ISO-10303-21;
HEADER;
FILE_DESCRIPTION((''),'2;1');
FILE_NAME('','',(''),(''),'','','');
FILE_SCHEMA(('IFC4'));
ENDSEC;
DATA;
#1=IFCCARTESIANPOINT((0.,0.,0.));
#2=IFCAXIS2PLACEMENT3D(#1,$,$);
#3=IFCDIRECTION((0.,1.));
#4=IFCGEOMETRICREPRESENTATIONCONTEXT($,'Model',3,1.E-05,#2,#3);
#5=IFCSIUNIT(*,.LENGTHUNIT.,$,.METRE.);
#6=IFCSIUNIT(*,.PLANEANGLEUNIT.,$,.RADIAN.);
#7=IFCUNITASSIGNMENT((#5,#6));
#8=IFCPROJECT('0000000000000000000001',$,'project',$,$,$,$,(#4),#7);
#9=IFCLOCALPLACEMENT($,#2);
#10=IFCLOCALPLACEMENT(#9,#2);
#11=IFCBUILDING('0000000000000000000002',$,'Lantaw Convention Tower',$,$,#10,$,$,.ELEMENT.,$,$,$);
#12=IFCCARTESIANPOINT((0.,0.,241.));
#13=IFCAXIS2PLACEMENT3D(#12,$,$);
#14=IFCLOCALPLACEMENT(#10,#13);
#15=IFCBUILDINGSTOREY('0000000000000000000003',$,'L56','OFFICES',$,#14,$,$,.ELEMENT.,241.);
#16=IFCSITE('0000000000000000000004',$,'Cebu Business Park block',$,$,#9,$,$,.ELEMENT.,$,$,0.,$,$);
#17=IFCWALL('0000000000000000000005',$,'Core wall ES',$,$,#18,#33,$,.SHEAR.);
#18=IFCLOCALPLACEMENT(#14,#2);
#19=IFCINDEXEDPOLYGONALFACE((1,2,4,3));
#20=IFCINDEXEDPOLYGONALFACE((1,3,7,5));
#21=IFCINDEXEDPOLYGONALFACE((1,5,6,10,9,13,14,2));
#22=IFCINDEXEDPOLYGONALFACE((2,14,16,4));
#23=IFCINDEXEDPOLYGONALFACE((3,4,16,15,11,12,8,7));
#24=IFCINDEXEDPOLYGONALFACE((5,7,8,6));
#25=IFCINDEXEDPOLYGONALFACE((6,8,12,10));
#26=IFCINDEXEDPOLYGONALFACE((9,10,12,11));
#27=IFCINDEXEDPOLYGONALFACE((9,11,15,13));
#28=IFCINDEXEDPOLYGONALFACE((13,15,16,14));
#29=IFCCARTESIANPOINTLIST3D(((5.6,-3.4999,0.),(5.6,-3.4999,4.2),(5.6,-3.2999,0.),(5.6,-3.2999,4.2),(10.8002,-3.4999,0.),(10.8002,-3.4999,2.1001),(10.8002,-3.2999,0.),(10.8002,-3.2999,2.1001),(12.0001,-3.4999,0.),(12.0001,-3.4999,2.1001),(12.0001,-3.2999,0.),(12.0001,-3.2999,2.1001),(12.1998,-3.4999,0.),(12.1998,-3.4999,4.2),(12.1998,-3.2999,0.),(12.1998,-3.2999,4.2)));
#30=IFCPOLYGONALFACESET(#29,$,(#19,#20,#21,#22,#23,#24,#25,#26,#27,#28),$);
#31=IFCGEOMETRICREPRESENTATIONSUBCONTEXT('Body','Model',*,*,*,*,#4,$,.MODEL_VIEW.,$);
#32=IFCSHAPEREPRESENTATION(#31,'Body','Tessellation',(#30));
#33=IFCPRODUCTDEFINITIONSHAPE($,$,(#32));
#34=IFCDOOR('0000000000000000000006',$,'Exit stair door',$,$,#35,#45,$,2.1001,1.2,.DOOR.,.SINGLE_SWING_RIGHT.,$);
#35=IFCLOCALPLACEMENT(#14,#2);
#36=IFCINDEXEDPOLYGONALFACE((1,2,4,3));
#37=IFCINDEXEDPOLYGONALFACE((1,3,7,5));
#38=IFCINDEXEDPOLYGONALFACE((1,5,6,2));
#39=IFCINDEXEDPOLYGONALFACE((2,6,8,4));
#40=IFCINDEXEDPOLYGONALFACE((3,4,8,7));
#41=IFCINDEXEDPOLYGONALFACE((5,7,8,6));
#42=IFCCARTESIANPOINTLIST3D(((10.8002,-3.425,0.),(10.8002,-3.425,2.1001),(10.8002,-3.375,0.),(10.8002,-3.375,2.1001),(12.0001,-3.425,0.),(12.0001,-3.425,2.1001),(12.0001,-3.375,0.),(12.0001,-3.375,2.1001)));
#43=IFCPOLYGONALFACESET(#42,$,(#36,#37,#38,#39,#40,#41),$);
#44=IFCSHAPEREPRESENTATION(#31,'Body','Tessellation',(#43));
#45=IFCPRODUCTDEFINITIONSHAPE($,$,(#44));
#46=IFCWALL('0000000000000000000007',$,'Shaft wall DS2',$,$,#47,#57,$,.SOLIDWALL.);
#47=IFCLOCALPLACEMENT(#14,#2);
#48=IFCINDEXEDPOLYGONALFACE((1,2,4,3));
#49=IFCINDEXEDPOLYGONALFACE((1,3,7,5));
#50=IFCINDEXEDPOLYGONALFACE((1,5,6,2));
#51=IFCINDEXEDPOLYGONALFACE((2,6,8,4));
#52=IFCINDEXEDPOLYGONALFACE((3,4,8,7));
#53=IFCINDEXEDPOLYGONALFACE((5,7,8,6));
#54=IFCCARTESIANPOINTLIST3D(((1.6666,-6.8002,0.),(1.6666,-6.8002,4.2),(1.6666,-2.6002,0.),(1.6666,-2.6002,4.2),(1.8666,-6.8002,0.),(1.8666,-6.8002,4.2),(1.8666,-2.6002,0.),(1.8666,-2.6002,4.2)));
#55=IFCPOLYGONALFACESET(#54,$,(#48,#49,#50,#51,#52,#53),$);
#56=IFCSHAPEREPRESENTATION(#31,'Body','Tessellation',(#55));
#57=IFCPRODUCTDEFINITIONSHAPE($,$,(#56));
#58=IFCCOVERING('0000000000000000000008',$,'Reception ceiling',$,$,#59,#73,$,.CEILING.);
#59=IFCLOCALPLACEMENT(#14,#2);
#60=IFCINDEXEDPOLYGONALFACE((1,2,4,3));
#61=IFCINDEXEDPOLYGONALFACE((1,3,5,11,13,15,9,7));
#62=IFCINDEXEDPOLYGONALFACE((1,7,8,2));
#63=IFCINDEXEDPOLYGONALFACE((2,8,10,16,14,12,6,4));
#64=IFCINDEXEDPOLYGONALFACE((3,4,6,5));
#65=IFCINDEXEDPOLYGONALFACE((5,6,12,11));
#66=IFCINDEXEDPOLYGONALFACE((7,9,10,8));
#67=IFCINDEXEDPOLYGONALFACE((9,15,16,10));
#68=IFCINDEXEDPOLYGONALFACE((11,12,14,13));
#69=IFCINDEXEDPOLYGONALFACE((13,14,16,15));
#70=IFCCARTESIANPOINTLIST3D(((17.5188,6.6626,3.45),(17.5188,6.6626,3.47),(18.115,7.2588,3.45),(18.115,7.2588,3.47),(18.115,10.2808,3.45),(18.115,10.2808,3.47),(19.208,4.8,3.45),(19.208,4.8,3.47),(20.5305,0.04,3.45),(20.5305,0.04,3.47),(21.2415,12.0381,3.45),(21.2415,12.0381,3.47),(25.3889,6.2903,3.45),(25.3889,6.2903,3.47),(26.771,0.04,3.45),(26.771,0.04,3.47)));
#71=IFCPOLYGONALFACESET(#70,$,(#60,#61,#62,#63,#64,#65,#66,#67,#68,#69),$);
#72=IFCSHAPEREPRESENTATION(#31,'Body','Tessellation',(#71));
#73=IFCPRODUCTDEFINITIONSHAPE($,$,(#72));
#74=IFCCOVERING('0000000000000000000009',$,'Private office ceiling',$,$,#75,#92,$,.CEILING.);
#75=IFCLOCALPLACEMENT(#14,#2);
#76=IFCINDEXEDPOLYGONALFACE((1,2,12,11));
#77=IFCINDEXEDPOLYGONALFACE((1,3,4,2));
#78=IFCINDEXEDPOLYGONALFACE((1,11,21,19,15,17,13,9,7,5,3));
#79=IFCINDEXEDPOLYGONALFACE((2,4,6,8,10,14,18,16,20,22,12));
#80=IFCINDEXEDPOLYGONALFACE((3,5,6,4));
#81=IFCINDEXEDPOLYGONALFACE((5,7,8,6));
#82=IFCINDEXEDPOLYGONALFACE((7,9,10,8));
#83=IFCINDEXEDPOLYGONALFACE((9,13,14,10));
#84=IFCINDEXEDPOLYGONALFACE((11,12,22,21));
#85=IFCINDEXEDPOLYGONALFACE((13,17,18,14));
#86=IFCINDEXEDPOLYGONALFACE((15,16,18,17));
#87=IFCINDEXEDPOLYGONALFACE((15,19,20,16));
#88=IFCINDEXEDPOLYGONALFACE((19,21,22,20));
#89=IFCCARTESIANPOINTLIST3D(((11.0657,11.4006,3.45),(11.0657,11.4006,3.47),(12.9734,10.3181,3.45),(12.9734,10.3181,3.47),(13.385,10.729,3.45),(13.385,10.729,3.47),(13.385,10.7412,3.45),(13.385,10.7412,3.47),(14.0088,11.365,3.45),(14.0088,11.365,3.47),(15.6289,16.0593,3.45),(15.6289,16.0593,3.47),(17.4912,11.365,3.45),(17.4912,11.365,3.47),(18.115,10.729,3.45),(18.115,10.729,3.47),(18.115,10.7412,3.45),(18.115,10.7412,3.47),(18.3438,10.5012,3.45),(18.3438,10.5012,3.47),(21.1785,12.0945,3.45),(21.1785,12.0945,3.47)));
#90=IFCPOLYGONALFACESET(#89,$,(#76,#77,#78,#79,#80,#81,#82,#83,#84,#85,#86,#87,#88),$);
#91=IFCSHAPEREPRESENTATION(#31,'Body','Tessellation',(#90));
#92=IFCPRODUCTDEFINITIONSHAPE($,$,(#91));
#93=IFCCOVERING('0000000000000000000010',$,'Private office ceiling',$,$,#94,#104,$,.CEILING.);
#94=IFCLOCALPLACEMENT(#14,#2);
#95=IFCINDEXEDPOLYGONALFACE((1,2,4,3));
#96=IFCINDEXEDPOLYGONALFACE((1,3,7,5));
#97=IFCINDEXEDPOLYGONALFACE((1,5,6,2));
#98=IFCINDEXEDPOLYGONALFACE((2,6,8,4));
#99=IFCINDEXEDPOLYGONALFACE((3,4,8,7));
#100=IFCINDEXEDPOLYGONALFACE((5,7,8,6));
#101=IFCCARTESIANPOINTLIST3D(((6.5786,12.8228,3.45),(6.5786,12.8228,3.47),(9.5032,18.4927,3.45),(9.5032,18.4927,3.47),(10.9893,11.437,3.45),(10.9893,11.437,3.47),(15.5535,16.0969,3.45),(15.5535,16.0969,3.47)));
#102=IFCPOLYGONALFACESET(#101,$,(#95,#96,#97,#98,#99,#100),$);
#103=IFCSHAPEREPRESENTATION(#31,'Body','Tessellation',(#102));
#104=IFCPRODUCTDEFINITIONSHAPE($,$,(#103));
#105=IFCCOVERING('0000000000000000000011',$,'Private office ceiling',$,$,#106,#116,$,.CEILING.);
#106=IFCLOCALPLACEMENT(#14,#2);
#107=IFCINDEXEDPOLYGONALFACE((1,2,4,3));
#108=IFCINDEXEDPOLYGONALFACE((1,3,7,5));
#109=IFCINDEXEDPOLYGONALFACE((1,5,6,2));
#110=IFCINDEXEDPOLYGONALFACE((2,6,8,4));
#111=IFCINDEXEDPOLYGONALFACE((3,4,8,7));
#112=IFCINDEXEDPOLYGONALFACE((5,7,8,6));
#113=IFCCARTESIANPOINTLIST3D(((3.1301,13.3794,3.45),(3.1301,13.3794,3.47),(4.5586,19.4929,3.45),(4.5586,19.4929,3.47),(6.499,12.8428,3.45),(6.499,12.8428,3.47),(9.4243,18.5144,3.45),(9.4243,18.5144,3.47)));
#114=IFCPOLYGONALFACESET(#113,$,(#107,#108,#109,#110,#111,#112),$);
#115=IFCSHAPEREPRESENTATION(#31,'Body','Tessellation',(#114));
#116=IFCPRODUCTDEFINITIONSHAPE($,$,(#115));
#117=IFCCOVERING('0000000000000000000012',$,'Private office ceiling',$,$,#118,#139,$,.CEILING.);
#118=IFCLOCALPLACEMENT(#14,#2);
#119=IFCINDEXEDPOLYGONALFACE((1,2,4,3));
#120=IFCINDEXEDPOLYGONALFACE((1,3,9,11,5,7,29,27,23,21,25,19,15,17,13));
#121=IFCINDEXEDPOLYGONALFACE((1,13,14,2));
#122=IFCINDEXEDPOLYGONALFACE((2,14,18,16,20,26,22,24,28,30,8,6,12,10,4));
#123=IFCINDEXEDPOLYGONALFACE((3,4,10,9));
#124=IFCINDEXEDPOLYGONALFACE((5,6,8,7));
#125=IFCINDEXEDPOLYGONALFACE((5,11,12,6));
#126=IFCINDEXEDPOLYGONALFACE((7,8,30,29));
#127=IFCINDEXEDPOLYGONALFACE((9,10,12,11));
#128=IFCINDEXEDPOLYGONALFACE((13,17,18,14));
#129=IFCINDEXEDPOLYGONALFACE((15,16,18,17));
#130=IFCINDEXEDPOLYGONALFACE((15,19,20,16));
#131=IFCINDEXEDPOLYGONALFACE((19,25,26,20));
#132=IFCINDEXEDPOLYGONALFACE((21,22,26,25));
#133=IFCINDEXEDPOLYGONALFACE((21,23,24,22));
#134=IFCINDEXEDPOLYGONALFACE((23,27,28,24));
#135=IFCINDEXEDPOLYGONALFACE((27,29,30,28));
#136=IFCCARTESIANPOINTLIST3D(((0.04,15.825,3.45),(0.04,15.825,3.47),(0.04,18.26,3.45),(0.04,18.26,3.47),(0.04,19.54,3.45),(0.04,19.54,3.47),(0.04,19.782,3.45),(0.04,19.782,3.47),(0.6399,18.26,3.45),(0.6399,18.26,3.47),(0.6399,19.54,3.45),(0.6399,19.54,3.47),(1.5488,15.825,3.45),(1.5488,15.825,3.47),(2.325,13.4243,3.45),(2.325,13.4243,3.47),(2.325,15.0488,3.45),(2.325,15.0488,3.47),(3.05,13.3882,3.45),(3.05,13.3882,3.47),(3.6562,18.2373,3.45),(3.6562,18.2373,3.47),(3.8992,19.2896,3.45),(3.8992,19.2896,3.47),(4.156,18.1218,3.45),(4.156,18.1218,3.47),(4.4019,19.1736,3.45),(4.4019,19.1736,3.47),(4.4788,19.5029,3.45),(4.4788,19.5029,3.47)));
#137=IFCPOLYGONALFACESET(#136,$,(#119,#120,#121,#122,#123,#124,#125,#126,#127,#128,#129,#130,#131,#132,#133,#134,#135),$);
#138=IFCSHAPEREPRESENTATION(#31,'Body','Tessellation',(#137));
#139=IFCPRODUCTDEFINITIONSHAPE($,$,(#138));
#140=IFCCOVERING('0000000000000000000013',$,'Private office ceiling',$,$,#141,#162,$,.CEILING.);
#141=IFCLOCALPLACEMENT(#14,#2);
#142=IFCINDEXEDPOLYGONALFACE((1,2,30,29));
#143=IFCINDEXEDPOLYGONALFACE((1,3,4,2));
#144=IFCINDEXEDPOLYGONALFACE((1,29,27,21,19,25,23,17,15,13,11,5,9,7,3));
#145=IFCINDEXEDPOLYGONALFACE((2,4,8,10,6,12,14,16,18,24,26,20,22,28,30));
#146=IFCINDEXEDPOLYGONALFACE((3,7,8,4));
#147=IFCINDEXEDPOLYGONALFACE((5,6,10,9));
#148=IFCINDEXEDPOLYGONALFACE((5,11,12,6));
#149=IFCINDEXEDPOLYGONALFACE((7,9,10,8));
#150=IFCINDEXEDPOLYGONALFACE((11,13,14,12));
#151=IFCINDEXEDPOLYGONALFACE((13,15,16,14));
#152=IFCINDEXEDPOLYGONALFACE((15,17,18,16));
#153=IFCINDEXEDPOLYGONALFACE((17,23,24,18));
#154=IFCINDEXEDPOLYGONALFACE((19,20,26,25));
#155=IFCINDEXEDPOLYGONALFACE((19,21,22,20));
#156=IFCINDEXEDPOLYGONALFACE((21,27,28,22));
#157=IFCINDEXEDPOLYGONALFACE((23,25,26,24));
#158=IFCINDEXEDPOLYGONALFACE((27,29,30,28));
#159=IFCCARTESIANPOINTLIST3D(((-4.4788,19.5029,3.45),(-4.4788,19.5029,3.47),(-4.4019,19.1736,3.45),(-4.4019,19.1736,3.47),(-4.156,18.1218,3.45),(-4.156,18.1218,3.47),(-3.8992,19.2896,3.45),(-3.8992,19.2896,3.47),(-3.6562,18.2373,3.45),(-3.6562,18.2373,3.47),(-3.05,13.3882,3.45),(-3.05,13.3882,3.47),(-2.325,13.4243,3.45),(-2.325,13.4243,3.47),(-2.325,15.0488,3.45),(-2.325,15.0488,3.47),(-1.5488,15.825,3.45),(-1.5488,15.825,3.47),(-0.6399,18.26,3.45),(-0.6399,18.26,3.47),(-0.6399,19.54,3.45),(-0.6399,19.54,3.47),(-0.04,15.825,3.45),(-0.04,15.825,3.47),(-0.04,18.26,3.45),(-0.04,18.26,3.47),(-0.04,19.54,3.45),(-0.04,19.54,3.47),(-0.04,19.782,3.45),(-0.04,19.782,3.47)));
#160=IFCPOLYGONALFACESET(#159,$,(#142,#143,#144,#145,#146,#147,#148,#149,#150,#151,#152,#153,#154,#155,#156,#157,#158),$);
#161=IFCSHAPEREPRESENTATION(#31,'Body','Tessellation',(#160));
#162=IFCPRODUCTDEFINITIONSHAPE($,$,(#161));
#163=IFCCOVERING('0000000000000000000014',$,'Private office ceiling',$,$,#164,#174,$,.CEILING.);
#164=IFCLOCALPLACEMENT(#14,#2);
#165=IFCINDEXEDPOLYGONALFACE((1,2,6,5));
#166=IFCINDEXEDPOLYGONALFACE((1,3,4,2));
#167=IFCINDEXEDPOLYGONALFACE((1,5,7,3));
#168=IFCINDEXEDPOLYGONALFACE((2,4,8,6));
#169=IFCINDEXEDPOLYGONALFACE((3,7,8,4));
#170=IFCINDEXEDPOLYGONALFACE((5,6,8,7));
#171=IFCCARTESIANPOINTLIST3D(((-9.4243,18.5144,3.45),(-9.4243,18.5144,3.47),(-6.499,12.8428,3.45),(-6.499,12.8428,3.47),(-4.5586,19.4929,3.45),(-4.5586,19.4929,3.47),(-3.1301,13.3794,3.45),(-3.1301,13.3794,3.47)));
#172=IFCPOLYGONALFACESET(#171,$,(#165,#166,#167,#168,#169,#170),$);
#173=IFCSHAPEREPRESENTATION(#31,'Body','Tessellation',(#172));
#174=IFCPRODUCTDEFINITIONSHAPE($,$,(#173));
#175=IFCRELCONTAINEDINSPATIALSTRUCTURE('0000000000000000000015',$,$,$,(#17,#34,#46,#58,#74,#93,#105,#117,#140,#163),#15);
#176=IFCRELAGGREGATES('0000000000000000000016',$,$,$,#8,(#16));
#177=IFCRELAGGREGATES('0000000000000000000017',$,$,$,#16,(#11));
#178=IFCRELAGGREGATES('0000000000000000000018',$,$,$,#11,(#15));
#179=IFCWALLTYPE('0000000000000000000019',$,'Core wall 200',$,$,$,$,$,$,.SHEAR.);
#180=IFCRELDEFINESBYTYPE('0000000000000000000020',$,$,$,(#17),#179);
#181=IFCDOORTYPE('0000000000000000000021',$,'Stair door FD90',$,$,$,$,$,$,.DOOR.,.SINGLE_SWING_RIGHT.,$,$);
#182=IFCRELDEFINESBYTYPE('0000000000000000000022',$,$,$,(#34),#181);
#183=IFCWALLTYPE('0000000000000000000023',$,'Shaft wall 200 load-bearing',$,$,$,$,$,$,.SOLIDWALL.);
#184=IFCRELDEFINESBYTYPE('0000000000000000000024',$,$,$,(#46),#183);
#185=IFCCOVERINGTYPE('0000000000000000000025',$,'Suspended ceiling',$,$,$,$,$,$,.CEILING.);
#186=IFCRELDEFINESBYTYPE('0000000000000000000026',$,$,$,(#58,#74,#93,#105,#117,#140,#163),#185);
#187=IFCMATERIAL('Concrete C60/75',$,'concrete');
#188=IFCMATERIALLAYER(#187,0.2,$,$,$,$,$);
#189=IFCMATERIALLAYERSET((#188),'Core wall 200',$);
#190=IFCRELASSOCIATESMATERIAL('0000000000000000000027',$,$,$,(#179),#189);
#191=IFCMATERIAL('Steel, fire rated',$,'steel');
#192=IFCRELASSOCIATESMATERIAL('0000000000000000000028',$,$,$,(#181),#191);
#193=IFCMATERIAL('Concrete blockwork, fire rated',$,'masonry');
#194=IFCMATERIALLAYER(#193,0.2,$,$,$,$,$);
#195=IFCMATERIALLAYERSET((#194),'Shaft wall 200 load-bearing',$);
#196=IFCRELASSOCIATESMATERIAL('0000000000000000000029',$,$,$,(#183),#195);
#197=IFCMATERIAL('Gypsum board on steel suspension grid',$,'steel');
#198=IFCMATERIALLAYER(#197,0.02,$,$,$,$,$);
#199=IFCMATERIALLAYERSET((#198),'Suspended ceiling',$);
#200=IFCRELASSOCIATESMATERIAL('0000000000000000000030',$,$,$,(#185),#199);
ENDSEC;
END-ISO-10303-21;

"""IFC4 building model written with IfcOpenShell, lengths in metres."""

from ifc_helpers import new_model, si_unit, direction, frame, frame_2d, origin, place, context, subcontext, project, spatial, polyline, rectangle, outline, extrude, material, layer, layer_set, type_object, element, fill, save


model = new_model("IFC4")

# Units and contexts
model_context = context("Model", 3, precision=1e-05, world=origin(), true_north=direction((0.0, 1.0)))
body_context = subcontext(model_context, "Body", "Model", "MODEL_VIEW")
ifc_project = project(units=[si_unit("LENGTHUNIT", "METRE"), si_unit("PLANEANGLEUNIT", "RADIAN")], contexts=[model_context])

# Site, building, storey
site_placement = place(None, origin())
site = spatial("IfcSite", under=ifc_project, at=site_placement, Name="Cebu Business Park block", CompositionType="ELEMENT", RefElevation=0.0)
building_placement = place(site_placement, origin())
building = spatial("IfcBuilding", under=site, at=building_placement, Name="Lantaw Convention Tower", CompositionType="ELEMENT")
storey_placement = place(building_placement, frame((0.0, 0.0, 241.0)))
storey = spatial("IfcBuildingStorey", under=building, at=storey_placement, Name="L56", Description="OFFICES", CompositionType="ELEMENT", Elevation=241.0)

# Wall, opening, door
ifc_material_1 = material(Name="Concrete C60/75", Category="concrete")
ifc_layer_1 = layer(ifc_material_1, 0.2)
ifc_layer_set_1 = layer_set([ifc_layer_1], Name="Core wall 200")
wall_type_1 = type_object("IfcWallType", Name="Core wall 200", PredefinedType="SHEAR", material=ifc_layer_set_1)
wall_1_placement = place(storey_placement, frame((5.6001, -3.3999, 0.0), z_axis=(0.0, 0.0, 1.0), x_axis=(1.0, 0.0, 0.0)))
wall_1 = element("IfcWall", 1, at=wall_1_placement, inside=storey, type_object=wall_type_1, Name="Core wall ES", PredefinedType="SHEAR", context=body_context, shape_type="SweptSolid", body=[
    extrude(rectangle(XDim=6.5999, YDim=0.2, at=frame_2d((3.2998, 0.0))), origin(), (0.0, 0.0, 1.0), 4.2),
])
opening_placement = place(wall_1_placement, frame((5.2, 0.0, 0.0)))
opening = element("IfcOpeningElement", 2, at=opening_placement, cuts=wall_1, PredefinedType="OPENING", context=body_context, shape_type="SweptSolid", body=[
    extrude(rectangle(XDim=1.2, YDim=2.1001, at=frame_2d((0.6001, 1.05))), frame((0.0, 0.1099, 0.0), z_axis=(0.0, -1.0, 0.0), x_axis=(1.0, 0.0, 0.0)), (0.0, 0.0, 1.0), 0.22),
])
ifc_material_2 = material(Name="Steel, fire rated", Category="steel")
door_type = type_object("IfcDoorType", Name="Stair door FD90", OperationType="SINGLE_SWING_RIGHT", PredefinedType="DOOR", material=ifc_material_2)
door_placement = place(opening_placement, origin())
door = element("IfcDoor", 3, at=door_placement, inside=storey, type_object=door_type, Name="Exit stair door", OperationType="SINGLE_SWING_RIGHT", OverallHeight=2.1001, OverallWidth=1.2, PredefinedType="DOOR", context=body_context, shape_type="SweptSolid", body=[
    extrude(rectangle(XDim=1.2, YDim=2.1001, at=frame_2d((0.6001, 1.05))), frame((0.0, 0.0249, 0.0), z_axis=(0.0, -1.0, 0.0), x_axis=(1.0, 0.0, 0.0)), (0.0, 0.0, 1.0), 0.05),
])
fill(opening, door)

# Wall
ifc_material_3 = material(Name="Concrete blockwork, fire rated", Category="masonry")
ifc_layer_2 = layer(ifc_material_3, 0.2)
ifc_layer_set_2 = layer_set([ifc_layer_2], Name="Shaft wall 200 load-bearing")
wall_type_2 = type_object("IfcWallType", Name="Shaft wall 200 load-bearing", PredefinedType="SOLIDWALL", material=ifc_layer_set_2)
wall_2_placement = place(storey_placement, frame((1.7666, -2.6001, 0.0), z_axis=(0.0, 0.0, 1.0), x_axis=(0.0, -1.0, 0.0)))
element("IfcWall", 4, at=wall_2_placement, inside=storey, type_object=wall_type_2, Name="Shaft wall DS2", PredefinedType="SOLIDWALL", context=body_context, shape_type="SweptSolid", body=[
    extrude(rectangle(XDim=4.2, YDim=0.2, at=frame_2d((2.1001, 0.0))), origin(), (0.0, 0.0, 1.0), 4.2),
])

# Coverings
ifc_material_4 = material(Name="Gypsum board on steel suspension grid", Category="steel")
ifc_layer_3 = layer(ifc_material_4, 0.02)
ifc_layer_set_3 = layer_set([ifc_layer_3], Name="Suspended ceiling")
covering_type = type_object("IfcCoveringType", Name="Suspended ceiling", PredefinedType="CEILING", material=ifc_layer_set_3)
covering_1_placement = place(storey_placement, frame((0.0, 0.0, 3.45)))
element("IfcCovering", 5, at=covering_1_placement, inside=storey, type_object=covering_type, Name="Reception ceiling", PredefinedType="CEILING", context=body_context, shape_type="SweptSolid", body=[
    extrude(outline(polyline([(17.5188, 6.6626), (19.208, 4.8), (20.5305, 0.04), (26.771, 0.04), (25.3889, 6.2903), (21.2415, 12.0381), (18.115, 10.2808), (18.115, 7.2588), (17.5188, 6.6626)])), origin(), (0.0, 0.0, 1.0), 0.02),
])
covering_2_placement = place(storey_placement, frame((0.0, 0.0, 3.45)))
element("IfcCovering", 6, at=covering_2_placement, inside=storey, type_object=covering_type, Name="Private office ceiling", PredefinedType="CEILING", context=body_context, shape_type="SweptSolid", body=[
    extrude(outline(polyline([(13.385, 10.729), (13.385, 10.7412), (14.0088, 11.365), (17.4912, 11.365), (18.115, 10.7412), (18.115, 10.729), (18.3438, 10.5012), (21.1785, 12.0945), (15.6289, 16.0593), (11.0657, 11.4006), (12.9734, 10.3181), (13.385, 10.729)])), origin(), (0.0, 0.0, 1.0), 0.02),
])
covering_3_placement = place(storey_placement, frame((0.0, 0.0, 3.45)))
element("IfcCovering", 7, at=covering_3_placement, inside=storey, type_object=covering_type, Name="Private office ceiling", PredefinedType="CEILING", context=body_context, shape_type="SweptSolid", body=[
    extrude(outline(polyline([(10.9893, 11.437), (15.5535, 16.0969), (9.5032, 18.4927), (6.5786, 12.8228), (10.9893, 11.437)])), origin(), (0.0, 0.0, 1.0), 0.02),
])
covering_4_placement = place(storey_placement, frame((0.0, 0.0, 3.45)))
element("IfcCovering", 8, at=covering_4_placement, inside=storey, type_object=covering_type, Name="Private office ceiling", PredefinedType="CEILING", context=body_context, shape_type="SweptSolid", body=[
    extrude(outline(polyline([(6.499, 12.8428), (9.4243, 18.5144), (4.5586, 19.4929), (3.1301, 13.3794), (6.499, 12.8428)])), origin(), (0.0, 0.0, 1.0), 0.02),
])
covering_5_placement = place(storey_placement, frame((0.0, 0.0, 3.45)))
element("IfcCovering", 9, at=covering_5_placement, inside=storey, type_object=covering_type, Name="Private office ceiling", PredefinedType="CEILING", context=body_context, shape_type="SweptSolid", body=[
    extrude(outline(polyline([(2.325, 15.0488), (2.325, 13.4243), (3.05, 13.3882), (4.156, 18.1218), (3.6562, 18.2373), (3.8992, 19.2896), (4.4019, 19.1736), (4.4788, 19.5029), (0.04, 19.782), (0.04, 19.54), (0.6399, 19.54), (0.6399, 18.26), (0.04, 18.26), (0.04, 15.825), (1.5488, 15.825), (2.325, 15.0488)])), origin(), (0.0, 0.0, 1.0), 0.02),
])
covering_6_placement = place(storey_placement, frame((0.0, 0.0, 3.45)))
element("IfcCovering", 10, at=covering_6_placement, inside=storey, type_object=covering_type, Name="Private office ceiling", PredefinedType="CEILING", context=body_context, shape_type="SweptSolid", body=[
    extrude(outline(polyline([(-4.156, 18.1218), (-3.05, 13.3882), (-2.325, 13.4243), (-2.325, 15.0488), (-1.5488, 15.825), (-0.04, 15.825), (-0.04, 18.26), (-0.6399, 18.26), (-0.6399, 19.54), (-0.04, 19.54), (-0.04, 19.782), (-4.4788, 19.5029), (-4.4019, 19.1736), (-3.8992, 19.2896), (-3.6562, 18.2373), (-4.156, 18.1218)])), origin(), (0.0, 0.0, 1.0), 0.02),
])
covering_7_placement = place(storey_placement, frame((0.0, 0.0, 3.45)))
element("IfcCovering", 11, at=covering_7_placement, inside=storey, type_object=covering_type, Name="Private office ceiling", PredefinedType="CEILING", context=body_context, shape_type="SweptSolid", body=[
    extrude(outline(polyline([(-3.1301, 13.3794), (-4.5586, 19.4929), (-9.4243, 18.5144), (-6.499, 12.8428), (-3.1301, 13.3794)])), origin(), (0.0, 0.0, 1.0), 0.02),
])

save(model, "model.ifc")
